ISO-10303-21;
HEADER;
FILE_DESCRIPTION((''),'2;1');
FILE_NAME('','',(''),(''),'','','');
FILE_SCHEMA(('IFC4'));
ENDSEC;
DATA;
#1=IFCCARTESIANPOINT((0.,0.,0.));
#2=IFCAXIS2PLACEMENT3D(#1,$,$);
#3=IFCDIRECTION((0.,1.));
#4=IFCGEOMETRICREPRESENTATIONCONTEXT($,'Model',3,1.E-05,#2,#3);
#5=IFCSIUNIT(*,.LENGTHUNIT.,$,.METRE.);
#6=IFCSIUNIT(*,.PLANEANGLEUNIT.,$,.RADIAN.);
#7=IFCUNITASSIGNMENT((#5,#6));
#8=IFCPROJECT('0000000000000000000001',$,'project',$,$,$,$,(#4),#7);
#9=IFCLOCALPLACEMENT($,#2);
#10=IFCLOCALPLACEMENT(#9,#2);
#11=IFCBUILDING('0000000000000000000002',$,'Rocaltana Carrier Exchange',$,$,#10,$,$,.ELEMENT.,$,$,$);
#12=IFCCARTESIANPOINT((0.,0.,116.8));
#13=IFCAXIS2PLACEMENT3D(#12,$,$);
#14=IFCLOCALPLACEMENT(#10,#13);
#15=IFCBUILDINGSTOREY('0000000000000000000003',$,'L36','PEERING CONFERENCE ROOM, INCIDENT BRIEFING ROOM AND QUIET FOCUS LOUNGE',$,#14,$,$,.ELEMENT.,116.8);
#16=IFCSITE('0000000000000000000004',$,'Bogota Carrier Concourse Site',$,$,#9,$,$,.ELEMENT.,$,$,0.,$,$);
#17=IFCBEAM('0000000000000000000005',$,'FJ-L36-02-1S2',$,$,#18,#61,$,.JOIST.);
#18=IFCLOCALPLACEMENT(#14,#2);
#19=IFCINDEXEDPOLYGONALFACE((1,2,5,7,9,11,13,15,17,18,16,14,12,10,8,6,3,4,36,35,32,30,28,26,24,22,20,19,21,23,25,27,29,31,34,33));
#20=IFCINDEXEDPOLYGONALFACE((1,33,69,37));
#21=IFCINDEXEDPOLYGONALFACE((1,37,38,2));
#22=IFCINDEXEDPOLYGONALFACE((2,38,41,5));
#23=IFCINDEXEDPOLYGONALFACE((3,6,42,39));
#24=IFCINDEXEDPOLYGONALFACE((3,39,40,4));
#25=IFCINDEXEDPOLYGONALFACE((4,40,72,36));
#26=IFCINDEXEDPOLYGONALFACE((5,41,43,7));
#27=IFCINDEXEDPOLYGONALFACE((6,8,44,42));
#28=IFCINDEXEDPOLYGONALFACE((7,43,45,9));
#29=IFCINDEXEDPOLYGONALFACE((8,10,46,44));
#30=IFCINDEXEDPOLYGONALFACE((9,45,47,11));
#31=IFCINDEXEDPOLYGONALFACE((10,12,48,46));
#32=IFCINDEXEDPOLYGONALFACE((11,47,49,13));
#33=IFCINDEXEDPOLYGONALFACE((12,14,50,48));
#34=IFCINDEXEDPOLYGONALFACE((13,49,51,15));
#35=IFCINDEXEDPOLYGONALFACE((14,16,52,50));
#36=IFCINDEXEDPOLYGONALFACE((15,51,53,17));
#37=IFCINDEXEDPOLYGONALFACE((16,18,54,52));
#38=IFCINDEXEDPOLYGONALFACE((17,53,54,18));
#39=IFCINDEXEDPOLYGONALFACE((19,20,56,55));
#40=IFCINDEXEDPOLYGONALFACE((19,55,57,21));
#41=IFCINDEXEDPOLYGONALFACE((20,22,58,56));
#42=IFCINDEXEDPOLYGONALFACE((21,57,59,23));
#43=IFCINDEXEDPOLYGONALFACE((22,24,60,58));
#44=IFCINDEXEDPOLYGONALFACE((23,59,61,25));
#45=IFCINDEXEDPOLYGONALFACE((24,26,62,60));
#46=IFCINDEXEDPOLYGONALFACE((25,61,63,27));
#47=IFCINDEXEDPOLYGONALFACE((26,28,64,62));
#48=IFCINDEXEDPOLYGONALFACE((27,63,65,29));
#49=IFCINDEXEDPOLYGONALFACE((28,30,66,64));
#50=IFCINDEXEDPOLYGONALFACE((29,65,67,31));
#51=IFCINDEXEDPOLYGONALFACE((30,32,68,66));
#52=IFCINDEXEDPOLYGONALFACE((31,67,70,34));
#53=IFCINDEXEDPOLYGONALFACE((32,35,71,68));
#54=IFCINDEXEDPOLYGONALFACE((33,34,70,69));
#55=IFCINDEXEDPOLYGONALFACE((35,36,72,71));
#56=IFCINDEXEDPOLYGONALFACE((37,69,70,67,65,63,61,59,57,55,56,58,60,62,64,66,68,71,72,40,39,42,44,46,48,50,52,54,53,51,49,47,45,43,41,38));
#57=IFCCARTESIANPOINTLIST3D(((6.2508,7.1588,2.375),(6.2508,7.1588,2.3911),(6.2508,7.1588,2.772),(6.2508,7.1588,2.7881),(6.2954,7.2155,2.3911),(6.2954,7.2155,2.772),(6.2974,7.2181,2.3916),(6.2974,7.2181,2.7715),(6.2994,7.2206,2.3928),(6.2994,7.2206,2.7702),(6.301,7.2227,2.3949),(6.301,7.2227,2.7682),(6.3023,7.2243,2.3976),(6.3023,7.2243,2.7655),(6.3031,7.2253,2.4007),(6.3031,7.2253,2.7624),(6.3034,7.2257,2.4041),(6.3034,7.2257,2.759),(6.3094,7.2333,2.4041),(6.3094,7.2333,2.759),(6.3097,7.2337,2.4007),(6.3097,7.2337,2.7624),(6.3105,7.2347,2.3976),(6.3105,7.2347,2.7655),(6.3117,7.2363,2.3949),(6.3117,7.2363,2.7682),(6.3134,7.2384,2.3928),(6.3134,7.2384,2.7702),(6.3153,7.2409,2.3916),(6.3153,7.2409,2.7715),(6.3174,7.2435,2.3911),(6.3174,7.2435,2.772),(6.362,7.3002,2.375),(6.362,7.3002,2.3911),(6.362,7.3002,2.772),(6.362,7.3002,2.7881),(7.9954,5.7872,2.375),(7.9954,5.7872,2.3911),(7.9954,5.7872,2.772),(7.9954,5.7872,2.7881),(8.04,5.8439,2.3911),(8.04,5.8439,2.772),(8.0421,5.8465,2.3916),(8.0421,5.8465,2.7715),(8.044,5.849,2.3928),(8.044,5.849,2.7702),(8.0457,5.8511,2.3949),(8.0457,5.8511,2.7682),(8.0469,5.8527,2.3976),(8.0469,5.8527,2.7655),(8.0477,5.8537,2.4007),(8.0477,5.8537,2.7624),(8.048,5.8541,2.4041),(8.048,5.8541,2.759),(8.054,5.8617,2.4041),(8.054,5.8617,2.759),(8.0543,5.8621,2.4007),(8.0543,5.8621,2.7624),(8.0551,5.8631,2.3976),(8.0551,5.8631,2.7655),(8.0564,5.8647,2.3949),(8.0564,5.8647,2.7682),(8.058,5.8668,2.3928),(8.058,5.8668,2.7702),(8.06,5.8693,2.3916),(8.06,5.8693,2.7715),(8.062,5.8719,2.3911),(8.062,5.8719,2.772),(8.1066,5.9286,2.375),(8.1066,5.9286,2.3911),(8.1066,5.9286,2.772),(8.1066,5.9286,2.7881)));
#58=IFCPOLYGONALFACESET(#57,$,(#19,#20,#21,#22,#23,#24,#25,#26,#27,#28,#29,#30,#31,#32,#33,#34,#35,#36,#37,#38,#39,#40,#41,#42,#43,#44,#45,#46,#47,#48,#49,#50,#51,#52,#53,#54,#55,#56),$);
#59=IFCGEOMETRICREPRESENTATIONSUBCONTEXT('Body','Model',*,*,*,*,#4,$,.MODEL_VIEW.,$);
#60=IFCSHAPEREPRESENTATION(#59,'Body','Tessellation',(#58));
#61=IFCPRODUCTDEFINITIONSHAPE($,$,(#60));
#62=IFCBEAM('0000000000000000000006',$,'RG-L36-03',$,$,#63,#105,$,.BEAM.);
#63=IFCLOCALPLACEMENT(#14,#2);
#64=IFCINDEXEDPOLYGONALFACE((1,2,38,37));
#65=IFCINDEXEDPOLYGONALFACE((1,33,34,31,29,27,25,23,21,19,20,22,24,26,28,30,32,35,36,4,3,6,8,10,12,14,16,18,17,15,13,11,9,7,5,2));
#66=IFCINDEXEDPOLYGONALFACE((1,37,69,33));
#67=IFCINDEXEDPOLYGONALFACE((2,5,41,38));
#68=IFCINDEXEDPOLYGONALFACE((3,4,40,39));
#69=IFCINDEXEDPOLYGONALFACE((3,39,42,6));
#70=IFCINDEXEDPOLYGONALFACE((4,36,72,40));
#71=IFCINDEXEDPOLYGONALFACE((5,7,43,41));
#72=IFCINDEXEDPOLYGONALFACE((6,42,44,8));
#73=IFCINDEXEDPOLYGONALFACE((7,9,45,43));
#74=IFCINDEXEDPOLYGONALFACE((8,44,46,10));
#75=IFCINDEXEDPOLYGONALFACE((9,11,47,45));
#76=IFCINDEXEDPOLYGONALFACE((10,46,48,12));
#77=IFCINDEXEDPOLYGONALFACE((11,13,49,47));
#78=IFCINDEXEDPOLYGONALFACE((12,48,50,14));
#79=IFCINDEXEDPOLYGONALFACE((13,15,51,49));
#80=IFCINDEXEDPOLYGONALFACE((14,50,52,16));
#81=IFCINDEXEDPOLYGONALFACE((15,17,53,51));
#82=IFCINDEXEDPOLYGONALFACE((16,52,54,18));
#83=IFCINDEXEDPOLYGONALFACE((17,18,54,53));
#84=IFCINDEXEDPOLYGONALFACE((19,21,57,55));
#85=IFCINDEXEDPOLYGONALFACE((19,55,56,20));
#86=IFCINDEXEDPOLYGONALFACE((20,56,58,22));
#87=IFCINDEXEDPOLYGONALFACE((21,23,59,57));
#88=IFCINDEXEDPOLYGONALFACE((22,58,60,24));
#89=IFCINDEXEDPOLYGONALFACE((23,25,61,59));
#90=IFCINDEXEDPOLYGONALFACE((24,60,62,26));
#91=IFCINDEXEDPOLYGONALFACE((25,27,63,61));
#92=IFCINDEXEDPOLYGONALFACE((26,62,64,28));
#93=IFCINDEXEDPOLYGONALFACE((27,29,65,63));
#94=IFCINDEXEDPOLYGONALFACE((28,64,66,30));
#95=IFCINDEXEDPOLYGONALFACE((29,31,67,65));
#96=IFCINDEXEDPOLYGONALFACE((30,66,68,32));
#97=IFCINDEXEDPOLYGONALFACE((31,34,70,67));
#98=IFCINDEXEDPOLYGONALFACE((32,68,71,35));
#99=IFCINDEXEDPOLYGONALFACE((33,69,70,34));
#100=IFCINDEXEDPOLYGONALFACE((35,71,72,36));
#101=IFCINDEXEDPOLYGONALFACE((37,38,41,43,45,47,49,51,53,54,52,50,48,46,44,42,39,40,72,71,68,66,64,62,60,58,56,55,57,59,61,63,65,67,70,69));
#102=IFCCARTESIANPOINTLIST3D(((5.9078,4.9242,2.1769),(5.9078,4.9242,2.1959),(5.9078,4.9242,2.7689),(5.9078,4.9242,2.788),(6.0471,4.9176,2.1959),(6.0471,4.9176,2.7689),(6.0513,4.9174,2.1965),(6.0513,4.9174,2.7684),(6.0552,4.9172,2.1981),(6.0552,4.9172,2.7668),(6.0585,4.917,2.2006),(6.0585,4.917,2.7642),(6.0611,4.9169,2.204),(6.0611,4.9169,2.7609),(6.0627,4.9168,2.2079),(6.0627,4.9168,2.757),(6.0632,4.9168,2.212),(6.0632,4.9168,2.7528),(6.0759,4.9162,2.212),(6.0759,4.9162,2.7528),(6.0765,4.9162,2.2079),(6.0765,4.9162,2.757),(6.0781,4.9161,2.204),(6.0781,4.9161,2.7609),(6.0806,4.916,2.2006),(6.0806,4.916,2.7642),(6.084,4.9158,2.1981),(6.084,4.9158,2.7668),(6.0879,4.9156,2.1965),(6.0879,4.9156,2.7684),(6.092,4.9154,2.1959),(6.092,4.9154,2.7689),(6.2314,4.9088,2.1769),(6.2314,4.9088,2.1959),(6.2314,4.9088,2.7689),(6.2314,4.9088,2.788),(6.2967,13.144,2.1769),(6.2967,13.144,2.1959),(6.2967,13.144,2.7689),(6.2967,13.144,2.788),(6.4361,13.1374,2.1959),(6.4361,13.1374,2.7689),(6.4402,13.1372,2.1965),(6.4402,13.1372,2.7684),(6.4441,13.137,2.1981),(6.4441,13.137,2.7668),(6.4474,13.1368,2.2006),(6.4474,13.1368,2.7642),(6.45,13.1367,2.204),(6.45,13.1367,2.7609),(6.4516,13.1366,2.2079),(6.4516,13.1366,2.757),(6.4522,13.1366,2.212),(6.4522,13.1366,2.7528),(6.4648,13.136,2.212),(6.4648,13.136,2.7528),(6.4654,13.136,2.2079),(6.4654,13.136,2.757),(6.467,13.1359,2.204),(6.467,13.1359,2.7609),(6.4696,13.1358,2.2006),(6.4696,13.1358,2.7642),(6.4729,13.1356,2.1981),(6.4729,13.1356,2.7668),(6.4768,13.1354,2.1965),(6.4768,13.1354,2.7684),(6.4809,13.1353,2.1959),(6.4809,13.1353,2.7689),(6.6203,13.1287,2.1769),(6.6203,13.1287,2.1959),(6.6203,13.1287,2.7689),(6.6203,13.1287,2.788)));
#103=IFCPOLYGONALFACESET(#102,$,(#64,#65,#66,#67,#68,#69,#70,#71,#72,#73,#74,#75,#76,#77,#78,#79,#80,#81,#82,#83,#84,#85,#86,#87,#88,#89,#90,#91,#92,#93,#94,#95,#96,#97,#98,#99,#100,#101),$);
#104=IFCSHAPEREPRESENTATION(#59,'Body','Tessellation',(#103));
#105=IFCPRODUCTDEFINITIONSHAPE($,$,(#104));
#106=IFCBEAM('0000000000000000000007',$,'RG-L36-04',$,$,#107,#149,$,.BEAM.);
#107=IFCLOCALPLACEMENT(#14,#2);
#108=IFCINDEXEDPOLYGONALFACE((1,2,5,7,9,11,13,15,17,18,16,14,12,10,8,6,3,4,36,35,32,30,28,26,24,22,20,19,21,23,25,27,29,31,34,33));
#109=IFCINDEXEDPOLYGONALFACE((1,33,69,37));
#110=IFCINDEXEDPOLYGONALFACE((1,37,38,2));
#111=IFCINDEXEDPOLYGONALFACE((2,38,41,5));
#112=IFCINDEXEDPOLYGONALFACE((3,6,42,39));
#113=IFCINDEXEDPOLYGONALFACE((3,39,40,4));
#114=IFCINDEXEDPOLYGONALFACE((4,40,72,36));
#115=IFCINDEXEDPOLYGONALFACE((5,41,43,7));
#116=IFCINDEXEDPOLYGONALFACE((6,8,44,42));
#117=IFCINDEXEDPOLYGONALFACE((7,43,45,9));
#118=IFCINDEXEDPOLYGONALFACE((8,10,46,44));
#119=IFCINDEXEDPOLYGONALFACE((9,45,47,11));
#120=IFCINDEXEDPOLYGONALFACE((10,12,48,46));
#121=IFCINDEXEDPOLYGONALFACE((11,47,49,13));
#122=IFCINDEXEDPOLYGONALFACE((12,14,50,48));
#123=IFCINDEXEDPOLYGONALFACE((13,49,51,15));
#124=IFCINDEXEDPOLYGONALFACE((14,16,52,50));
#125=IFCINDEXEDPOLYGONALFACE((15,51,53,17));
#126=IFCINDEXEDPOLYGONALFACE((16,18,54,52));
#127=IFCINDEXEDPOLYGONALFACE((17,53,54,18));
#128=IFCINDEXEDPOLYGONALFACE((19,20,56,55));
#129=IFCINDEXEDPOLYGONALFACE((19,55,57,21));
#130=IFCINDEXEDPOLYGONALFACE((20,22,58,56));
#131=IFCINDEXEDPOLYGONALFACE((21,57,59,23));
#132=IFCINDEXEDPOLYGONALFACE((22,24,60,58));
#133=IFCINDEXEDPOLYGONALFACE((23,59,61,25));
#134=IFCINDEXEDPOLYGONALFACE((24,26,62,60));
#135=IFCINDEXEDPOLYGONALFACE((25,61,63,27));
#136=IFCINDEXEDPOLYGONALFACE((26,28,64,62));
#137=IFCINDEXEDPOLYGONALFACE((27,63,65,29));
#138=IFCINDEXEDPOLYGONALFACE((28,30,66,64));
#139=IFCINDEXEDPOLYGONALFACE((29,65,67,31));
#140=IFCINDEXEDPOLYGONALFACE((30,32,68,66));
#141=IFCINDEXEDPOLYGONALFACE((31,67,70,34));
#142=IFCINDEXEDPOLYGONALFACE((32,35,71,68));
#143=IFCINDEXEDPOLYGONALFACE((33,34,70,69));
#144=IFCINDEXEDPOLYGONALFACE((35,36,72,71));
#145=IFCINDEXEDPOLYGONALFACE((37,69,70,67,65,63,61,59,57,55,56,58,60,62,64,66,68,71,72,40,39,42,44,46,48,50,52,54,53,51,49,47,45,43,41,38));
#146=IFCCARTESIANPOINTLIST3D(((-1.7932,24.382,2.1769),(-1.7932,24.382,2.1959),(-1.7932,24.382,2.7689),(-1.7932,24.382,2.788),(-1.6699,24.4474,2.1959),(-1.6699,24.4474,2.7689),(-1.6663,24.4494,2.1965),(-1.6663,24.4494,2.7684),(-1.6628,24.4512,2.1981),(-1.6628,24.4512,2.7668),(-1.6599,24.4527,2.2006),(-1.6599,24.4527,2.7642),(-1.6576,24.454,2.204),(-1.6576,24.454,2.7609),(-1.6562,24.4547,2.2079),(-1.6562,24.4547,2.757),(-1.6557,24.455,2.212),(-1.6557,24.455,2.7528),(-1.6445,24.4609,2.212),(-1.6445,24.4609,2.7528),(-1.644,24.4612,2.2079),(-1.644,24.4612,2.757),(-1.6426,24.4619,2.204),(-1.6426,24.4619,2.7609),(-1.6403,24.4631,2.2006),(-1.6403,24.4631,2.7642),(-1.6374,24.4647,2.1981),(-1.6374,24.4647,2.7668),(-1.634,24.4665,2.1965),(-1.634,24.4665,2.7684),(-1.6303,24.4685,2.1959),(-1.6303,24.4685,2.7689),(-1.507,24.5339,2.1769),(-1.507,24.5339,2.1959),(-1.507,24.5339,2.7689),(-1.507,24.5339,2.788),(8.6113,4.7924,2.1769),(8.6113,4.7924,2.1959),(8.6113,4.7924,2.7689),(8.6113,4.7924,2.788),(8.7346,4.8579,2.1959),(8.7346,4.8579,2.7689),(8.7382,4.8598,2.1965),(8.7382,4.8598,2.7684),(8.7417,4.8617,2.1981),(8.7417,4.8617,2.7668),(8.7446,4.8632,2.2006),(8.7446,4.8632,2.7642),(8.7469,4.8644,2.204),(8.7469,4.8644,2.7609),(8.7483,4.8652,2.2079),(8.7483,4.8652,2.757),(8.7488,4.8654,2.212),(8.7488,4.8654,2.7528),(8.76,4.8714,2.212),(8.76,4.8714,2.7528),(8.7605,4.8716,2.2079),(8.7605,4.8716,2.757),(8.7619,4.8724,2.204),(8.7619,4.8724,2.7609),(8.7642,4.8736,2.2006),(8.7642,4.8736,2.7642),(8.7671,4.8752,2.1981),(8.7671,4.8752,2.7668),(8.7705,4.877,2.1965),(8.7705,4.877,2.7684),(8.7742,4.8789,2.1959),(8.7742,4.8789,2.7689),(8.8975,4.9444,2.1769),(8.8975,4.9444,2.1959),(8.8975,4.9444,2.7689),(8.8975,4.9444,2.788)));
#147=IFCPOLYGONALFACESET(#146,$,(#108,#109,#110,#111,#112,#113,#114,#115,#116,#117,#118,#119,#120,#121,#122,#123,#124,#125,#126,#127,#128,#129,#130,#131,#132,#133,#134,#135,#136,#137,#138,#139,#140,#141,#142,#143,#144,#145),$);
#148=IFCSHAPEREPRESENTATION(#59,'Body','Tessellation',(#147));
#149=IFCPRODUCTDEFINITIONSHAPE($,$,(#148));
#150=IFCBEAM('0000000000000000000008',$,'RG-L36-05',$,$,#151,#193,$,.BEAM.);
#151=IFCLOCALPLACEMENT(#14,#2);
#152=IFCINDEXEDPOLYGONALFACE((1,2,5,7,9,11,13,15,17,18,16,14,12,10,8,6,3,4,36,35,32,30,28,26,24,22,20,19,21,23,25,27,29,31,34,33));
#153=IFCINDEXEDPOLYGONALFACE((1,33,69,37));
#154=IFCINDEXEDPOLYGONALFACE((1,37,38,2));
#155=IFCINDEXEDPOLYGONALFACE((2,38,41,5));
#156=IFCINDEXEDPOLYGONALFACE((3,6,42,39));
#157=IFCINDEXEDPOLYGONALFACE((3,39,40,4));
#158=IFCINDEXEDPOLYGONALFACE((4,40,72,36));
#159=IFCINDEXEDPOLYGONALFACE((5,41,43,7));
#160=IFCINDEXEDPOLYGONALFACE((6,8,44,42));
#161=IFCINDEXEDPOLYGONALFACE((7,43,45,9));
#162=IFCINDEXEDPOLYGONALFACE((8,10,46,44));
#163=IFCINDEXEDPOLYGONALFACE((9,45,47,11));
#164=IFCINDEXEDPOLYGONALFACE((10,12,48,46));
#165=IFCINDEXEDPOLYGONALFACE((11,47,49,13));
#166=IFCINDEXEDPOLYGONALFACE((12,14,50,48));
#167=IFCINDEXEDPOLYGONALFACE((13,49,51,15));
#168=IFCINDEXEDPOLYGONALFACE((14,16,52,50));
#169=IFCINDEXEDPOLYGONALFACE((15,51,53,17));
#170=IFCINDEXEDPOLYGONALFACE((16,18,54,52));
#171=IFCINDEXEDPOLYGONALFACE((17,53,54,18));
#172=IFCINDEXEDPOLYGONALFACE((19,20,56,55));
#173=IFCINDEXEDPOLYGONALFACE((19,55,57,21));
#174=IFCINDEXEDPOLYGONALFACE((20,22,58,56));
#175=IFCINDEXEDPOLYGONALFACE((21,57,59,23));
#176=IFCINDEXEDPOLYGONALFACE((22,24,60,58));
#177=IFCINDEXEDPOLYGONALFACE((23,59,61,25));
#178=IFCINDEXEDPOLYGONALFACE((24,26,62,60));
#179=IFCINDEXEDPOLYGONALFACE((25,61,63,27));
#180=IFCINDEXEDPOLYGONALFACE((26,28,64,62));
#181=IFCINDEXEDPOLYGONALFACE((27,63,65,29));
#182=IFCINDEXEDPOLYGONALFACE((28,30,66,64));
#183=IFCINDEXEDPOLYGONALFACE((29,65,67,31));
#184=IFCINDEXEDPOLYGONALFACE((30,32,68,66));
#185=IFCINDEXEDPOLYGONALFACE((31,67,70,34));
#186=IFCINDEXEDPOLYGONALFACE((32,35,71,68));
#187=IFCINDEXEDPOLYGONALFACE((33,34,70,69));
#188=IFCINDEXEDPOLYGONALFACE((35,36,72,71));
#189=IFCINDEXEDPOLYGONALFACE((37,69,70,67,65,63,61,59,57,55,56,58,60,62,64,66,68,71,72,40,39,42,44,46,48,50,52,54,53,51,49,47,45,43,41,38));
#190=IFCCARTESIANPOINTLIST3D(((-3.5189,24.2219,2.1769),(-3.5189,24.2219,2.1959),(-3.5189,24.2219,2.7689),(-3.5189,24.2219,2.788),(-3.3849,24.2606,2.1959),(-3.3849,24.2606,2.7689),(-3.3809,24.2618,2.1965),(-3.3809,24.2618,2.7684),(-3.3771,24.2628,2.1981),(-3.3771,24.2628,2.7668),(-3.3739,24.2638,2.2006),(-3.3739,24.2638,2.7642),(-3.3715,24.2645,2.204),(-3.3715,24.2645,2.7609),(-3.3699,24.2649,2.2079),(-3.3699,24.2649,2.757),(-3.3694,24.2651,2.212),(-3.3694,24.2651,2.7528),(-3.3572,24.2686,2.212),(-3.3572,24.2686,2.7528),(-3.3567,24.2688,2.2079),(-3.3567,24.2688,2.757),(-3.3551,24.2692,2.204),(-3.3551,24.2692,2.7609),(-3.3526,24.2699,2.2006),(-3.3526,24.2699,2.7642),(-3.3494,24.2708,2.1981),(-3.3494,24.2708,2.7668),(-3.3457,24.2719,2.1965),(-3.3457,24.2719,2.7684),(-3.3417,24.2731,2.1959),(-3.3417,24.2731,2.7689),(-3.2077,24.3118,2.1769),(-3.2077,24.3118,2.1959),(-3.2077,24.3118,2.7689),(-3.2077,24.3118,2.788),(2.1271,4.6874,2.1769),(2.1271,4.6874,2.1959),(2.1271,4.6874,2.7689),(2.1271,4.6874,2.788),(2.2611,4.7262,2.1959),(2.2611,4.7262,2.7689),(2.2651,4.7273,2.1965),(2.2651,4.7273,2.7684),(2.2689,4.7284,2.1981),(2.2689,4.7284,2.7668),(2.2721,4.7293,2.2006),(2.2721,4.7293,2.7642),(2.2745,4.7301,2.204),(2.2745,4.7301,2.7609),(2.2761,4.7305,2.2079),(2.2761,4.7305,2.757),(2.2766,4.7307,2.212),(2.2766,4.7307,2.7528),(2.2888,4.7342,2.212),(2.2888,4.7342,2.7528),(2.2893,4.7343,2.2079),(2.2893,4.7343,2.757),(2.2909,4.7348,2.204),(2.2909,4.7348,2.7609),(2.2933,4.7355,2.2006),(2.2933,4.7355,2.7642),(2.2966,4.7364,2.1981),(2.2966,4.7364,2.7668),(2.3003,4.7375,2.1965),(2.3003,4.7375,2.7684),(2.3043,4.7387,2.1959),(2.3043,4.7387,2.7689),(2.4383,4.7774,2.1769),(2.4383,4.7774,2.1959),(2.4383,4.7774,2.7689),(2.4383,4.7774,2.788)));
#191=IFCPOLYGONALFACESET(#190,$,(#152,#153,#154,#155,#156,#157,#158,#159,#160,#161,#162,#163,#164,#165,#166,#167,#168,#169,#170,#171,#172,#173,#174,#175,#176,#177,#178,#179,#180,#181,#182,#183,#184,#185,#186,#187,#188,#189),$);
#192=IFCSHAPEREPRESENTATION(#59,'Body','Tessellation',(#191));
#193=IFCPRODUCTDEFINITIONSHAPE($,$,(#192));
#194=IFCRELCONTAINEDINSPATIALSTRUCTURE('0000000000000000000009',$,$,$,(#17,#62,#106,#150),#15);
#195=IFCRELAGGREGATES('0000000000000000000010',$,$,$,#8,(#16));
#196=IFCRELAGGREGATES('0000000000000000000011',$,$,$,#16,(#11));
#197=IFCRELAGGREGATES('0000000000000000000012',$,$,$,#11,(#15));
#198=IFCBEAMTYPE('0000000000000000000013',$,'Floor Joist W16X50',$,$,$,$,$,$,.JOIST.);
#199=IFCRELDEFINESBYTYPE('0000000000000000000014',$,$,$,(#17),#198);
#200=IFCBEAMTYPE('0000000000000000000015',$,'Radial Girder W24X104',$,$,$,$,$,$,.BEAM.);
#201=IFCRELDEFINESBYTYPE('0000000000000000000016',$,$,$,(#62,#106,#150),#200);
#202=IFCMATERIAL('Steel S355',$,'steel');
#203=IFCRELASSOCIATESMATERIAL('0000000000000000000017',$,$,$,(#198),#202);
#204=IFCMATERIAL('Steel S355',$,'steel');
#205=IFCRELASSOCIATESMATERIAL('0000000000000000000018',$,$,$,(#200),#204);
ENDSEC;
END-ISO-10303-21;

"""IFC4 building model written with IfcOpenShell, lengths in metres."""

from ifc_helpers import new_model, si_unit, direction, frame, origin, origin_2d, place, context, subcontext, project, spatial, i_section, extrude, material, material_profile, profile_set, type_object, element, save


model = new_model("IFC4")

# Units and contexts
model_context = context("Model", 3, precision=1e-05, world=origin(), true_north=direction((0.0, 1.0)))
body_context = subcontext(model_context, "Body", "Model", "MODEL_VIEW")
ifc_project = project(units=[si_unit("LENGTHUNIT", "METRE"), si_unit("PLANEANGLEUNIT", "RADIAN")], contexts=[model_context])

# Site, building, storey
site_placement = place(None, origin())
site = spatial("IfcSite", under=ifc_project, at=site_placement, Name="Bogota Carrier Concourse Site", CompositionType="ELEMENT", RefElevation=0.0)
building_placement = place(site_placement, origin())
building = spatial("IfcBuilding", under=site, at=building_placement, Name="Rocaltana Carrier Exchange", CompositionType="ELEMENT")
storey_placement = place(building_placement, frame((0.0, 0.0, 116.8)))
storey = spatial("IfcBuildingStorey", under=building, at=storey_placement, Name="L36", Description="PEERING CONFERENCE ROOM, INCIDENT BRIEFING ROOM AND QUIET FOCUS LOUNGE", CompositionType="ELEMENT", Elevation=116.8)

# Beams
ifc_material_1 = material(Name="Steel S355", Category="steel")
ifc_material_profile_1 = material_profile(ifc_material_1, i_section(OverallWidth=0.1799, OverallDepth=0.4131, WebThickness=0.0098, FlangeThickness=0.0161, FilletRadius=0.0129, at=origin_2d()), Name="W16X50")
ifc_profile_set_1 = profile_set([ifc_material_profile_1], Name="Steel S355")
beam_type_1 = type_object("IfcBeamType", Name="Floor Joist W16X50", PredefinedType="JOIST", material=ifc_profile_set_1)
beam_1_placement = place(storey_placement, frame((8.051, 5.8579, 2.5815), z_axis=(-0.786143, 0.618045, 0.0), x_axis=(-0.618045, -0.786143, 0.0)))
element("IfcBeam", 1, at=beam_1_placement, inside=storey, type_object=beam_type_1, Name="FJ-L36-02-1S2", PredefinedType="JOIST", context=body_context, shape_type="SweptSolid", body=[
    extrude(i_section(OverallWidth=0.1799, OverallDepth=0.4131, WebThickness=0.0098, FlangeThickness=0.0161, FilletRadius=0.0129, at=origin_2d()), origin(), (0.0, 0.0, 1.0), 2.2192),
])
ifc_material_2 = material(Name="Steel S355", Category="steel")
ifc_material_profile_2 = material_profile(ifc_material_2, i_section(OverallWidth=0.324, OverallDepth=0.6111, WebThickness=0.0127, FlangeThickness=0.019, FilletRadius=0.0161, at=origin_2d()), Name="W24X104")
ifc_profile_set_2 = profile_set([ifc_material_profile_2], Name="Steel S355")
beam_type_2 = type_object("IfcBeamType", Name="Radial Girder W24X104", PredefinedType="BEAM", material=ifc_profile_set_2)
beam_2_placement = place(storey_placement, frame((6.0696, 4.9165, 2.4824), z_axis=(0.047262, 0.998883, 0.0), x_axis=(-0.998883, 0.047262, 0.0)))
element("IfcBeam", 2, at=beam_2_placement, inside=storey, type_object=beam_type_2, Name="RG-L36-03", PredefinedType="BEAM", context=body_context, shape_type="SweptSolid", body=[
    extrude(i_section(OverallWidth=0.324, OverallDepth=0.6111, WebThickness=0.0127, FlangeThickness=0.019, FilletRadius=0.0161, at=origin_2d()), origin(), (0.0, 0.0, 1.0), 8.229),
])
beam_3_placement = place(storey_placement, frame((8.7544, 4.8684, 2.4824), z_axis=(-0.46907, 0.883161, 0.0), x_axis=(-0.883161, -0.46907, 0.0)))
element("IfcBeam", 3, at=beam_3_placement, inside=storey, type_object=beam_type_2, Name="RG-L36-04", PredefinedType="BEAM", context=body_context, shape_type="SweptSolid", body=[
    extrude(i_section(OverallWidth=0.324, OverallDepth=0.6111, WebThickness=0.0127, FlangeThickness=0.019, FilletRadius=0.0161, at=origin_2d()), origin(), (0.0, 0.0, 1.0), 22.1812),
])
beam_4_placement = place(storey_placement, frame((2.2827, 4.7324, 2.4824), z_axis=(-0.277663, 0.960679, 0.0), x_axis=(-0.960679, -0.277663, 0.0)))
element("IfcBeam", 4, at=beam_4_placement, inside=storey, type_object=beam_type_2, Name="RG-L36-05", PredefinedType="BEAM", context=body_context, shape_type="SweptSolid", body=[
    extrude(i_section(OverallWidth=0.324, OverallDepth=0.6111, WebThickness=0.0127, FlangeThickness=0.019, FilletRadius=0.0161, at=origin_2d()), origin(), (0.0, 0.0, 1.0), 20.334),
])

save(model, "model.ifc")
